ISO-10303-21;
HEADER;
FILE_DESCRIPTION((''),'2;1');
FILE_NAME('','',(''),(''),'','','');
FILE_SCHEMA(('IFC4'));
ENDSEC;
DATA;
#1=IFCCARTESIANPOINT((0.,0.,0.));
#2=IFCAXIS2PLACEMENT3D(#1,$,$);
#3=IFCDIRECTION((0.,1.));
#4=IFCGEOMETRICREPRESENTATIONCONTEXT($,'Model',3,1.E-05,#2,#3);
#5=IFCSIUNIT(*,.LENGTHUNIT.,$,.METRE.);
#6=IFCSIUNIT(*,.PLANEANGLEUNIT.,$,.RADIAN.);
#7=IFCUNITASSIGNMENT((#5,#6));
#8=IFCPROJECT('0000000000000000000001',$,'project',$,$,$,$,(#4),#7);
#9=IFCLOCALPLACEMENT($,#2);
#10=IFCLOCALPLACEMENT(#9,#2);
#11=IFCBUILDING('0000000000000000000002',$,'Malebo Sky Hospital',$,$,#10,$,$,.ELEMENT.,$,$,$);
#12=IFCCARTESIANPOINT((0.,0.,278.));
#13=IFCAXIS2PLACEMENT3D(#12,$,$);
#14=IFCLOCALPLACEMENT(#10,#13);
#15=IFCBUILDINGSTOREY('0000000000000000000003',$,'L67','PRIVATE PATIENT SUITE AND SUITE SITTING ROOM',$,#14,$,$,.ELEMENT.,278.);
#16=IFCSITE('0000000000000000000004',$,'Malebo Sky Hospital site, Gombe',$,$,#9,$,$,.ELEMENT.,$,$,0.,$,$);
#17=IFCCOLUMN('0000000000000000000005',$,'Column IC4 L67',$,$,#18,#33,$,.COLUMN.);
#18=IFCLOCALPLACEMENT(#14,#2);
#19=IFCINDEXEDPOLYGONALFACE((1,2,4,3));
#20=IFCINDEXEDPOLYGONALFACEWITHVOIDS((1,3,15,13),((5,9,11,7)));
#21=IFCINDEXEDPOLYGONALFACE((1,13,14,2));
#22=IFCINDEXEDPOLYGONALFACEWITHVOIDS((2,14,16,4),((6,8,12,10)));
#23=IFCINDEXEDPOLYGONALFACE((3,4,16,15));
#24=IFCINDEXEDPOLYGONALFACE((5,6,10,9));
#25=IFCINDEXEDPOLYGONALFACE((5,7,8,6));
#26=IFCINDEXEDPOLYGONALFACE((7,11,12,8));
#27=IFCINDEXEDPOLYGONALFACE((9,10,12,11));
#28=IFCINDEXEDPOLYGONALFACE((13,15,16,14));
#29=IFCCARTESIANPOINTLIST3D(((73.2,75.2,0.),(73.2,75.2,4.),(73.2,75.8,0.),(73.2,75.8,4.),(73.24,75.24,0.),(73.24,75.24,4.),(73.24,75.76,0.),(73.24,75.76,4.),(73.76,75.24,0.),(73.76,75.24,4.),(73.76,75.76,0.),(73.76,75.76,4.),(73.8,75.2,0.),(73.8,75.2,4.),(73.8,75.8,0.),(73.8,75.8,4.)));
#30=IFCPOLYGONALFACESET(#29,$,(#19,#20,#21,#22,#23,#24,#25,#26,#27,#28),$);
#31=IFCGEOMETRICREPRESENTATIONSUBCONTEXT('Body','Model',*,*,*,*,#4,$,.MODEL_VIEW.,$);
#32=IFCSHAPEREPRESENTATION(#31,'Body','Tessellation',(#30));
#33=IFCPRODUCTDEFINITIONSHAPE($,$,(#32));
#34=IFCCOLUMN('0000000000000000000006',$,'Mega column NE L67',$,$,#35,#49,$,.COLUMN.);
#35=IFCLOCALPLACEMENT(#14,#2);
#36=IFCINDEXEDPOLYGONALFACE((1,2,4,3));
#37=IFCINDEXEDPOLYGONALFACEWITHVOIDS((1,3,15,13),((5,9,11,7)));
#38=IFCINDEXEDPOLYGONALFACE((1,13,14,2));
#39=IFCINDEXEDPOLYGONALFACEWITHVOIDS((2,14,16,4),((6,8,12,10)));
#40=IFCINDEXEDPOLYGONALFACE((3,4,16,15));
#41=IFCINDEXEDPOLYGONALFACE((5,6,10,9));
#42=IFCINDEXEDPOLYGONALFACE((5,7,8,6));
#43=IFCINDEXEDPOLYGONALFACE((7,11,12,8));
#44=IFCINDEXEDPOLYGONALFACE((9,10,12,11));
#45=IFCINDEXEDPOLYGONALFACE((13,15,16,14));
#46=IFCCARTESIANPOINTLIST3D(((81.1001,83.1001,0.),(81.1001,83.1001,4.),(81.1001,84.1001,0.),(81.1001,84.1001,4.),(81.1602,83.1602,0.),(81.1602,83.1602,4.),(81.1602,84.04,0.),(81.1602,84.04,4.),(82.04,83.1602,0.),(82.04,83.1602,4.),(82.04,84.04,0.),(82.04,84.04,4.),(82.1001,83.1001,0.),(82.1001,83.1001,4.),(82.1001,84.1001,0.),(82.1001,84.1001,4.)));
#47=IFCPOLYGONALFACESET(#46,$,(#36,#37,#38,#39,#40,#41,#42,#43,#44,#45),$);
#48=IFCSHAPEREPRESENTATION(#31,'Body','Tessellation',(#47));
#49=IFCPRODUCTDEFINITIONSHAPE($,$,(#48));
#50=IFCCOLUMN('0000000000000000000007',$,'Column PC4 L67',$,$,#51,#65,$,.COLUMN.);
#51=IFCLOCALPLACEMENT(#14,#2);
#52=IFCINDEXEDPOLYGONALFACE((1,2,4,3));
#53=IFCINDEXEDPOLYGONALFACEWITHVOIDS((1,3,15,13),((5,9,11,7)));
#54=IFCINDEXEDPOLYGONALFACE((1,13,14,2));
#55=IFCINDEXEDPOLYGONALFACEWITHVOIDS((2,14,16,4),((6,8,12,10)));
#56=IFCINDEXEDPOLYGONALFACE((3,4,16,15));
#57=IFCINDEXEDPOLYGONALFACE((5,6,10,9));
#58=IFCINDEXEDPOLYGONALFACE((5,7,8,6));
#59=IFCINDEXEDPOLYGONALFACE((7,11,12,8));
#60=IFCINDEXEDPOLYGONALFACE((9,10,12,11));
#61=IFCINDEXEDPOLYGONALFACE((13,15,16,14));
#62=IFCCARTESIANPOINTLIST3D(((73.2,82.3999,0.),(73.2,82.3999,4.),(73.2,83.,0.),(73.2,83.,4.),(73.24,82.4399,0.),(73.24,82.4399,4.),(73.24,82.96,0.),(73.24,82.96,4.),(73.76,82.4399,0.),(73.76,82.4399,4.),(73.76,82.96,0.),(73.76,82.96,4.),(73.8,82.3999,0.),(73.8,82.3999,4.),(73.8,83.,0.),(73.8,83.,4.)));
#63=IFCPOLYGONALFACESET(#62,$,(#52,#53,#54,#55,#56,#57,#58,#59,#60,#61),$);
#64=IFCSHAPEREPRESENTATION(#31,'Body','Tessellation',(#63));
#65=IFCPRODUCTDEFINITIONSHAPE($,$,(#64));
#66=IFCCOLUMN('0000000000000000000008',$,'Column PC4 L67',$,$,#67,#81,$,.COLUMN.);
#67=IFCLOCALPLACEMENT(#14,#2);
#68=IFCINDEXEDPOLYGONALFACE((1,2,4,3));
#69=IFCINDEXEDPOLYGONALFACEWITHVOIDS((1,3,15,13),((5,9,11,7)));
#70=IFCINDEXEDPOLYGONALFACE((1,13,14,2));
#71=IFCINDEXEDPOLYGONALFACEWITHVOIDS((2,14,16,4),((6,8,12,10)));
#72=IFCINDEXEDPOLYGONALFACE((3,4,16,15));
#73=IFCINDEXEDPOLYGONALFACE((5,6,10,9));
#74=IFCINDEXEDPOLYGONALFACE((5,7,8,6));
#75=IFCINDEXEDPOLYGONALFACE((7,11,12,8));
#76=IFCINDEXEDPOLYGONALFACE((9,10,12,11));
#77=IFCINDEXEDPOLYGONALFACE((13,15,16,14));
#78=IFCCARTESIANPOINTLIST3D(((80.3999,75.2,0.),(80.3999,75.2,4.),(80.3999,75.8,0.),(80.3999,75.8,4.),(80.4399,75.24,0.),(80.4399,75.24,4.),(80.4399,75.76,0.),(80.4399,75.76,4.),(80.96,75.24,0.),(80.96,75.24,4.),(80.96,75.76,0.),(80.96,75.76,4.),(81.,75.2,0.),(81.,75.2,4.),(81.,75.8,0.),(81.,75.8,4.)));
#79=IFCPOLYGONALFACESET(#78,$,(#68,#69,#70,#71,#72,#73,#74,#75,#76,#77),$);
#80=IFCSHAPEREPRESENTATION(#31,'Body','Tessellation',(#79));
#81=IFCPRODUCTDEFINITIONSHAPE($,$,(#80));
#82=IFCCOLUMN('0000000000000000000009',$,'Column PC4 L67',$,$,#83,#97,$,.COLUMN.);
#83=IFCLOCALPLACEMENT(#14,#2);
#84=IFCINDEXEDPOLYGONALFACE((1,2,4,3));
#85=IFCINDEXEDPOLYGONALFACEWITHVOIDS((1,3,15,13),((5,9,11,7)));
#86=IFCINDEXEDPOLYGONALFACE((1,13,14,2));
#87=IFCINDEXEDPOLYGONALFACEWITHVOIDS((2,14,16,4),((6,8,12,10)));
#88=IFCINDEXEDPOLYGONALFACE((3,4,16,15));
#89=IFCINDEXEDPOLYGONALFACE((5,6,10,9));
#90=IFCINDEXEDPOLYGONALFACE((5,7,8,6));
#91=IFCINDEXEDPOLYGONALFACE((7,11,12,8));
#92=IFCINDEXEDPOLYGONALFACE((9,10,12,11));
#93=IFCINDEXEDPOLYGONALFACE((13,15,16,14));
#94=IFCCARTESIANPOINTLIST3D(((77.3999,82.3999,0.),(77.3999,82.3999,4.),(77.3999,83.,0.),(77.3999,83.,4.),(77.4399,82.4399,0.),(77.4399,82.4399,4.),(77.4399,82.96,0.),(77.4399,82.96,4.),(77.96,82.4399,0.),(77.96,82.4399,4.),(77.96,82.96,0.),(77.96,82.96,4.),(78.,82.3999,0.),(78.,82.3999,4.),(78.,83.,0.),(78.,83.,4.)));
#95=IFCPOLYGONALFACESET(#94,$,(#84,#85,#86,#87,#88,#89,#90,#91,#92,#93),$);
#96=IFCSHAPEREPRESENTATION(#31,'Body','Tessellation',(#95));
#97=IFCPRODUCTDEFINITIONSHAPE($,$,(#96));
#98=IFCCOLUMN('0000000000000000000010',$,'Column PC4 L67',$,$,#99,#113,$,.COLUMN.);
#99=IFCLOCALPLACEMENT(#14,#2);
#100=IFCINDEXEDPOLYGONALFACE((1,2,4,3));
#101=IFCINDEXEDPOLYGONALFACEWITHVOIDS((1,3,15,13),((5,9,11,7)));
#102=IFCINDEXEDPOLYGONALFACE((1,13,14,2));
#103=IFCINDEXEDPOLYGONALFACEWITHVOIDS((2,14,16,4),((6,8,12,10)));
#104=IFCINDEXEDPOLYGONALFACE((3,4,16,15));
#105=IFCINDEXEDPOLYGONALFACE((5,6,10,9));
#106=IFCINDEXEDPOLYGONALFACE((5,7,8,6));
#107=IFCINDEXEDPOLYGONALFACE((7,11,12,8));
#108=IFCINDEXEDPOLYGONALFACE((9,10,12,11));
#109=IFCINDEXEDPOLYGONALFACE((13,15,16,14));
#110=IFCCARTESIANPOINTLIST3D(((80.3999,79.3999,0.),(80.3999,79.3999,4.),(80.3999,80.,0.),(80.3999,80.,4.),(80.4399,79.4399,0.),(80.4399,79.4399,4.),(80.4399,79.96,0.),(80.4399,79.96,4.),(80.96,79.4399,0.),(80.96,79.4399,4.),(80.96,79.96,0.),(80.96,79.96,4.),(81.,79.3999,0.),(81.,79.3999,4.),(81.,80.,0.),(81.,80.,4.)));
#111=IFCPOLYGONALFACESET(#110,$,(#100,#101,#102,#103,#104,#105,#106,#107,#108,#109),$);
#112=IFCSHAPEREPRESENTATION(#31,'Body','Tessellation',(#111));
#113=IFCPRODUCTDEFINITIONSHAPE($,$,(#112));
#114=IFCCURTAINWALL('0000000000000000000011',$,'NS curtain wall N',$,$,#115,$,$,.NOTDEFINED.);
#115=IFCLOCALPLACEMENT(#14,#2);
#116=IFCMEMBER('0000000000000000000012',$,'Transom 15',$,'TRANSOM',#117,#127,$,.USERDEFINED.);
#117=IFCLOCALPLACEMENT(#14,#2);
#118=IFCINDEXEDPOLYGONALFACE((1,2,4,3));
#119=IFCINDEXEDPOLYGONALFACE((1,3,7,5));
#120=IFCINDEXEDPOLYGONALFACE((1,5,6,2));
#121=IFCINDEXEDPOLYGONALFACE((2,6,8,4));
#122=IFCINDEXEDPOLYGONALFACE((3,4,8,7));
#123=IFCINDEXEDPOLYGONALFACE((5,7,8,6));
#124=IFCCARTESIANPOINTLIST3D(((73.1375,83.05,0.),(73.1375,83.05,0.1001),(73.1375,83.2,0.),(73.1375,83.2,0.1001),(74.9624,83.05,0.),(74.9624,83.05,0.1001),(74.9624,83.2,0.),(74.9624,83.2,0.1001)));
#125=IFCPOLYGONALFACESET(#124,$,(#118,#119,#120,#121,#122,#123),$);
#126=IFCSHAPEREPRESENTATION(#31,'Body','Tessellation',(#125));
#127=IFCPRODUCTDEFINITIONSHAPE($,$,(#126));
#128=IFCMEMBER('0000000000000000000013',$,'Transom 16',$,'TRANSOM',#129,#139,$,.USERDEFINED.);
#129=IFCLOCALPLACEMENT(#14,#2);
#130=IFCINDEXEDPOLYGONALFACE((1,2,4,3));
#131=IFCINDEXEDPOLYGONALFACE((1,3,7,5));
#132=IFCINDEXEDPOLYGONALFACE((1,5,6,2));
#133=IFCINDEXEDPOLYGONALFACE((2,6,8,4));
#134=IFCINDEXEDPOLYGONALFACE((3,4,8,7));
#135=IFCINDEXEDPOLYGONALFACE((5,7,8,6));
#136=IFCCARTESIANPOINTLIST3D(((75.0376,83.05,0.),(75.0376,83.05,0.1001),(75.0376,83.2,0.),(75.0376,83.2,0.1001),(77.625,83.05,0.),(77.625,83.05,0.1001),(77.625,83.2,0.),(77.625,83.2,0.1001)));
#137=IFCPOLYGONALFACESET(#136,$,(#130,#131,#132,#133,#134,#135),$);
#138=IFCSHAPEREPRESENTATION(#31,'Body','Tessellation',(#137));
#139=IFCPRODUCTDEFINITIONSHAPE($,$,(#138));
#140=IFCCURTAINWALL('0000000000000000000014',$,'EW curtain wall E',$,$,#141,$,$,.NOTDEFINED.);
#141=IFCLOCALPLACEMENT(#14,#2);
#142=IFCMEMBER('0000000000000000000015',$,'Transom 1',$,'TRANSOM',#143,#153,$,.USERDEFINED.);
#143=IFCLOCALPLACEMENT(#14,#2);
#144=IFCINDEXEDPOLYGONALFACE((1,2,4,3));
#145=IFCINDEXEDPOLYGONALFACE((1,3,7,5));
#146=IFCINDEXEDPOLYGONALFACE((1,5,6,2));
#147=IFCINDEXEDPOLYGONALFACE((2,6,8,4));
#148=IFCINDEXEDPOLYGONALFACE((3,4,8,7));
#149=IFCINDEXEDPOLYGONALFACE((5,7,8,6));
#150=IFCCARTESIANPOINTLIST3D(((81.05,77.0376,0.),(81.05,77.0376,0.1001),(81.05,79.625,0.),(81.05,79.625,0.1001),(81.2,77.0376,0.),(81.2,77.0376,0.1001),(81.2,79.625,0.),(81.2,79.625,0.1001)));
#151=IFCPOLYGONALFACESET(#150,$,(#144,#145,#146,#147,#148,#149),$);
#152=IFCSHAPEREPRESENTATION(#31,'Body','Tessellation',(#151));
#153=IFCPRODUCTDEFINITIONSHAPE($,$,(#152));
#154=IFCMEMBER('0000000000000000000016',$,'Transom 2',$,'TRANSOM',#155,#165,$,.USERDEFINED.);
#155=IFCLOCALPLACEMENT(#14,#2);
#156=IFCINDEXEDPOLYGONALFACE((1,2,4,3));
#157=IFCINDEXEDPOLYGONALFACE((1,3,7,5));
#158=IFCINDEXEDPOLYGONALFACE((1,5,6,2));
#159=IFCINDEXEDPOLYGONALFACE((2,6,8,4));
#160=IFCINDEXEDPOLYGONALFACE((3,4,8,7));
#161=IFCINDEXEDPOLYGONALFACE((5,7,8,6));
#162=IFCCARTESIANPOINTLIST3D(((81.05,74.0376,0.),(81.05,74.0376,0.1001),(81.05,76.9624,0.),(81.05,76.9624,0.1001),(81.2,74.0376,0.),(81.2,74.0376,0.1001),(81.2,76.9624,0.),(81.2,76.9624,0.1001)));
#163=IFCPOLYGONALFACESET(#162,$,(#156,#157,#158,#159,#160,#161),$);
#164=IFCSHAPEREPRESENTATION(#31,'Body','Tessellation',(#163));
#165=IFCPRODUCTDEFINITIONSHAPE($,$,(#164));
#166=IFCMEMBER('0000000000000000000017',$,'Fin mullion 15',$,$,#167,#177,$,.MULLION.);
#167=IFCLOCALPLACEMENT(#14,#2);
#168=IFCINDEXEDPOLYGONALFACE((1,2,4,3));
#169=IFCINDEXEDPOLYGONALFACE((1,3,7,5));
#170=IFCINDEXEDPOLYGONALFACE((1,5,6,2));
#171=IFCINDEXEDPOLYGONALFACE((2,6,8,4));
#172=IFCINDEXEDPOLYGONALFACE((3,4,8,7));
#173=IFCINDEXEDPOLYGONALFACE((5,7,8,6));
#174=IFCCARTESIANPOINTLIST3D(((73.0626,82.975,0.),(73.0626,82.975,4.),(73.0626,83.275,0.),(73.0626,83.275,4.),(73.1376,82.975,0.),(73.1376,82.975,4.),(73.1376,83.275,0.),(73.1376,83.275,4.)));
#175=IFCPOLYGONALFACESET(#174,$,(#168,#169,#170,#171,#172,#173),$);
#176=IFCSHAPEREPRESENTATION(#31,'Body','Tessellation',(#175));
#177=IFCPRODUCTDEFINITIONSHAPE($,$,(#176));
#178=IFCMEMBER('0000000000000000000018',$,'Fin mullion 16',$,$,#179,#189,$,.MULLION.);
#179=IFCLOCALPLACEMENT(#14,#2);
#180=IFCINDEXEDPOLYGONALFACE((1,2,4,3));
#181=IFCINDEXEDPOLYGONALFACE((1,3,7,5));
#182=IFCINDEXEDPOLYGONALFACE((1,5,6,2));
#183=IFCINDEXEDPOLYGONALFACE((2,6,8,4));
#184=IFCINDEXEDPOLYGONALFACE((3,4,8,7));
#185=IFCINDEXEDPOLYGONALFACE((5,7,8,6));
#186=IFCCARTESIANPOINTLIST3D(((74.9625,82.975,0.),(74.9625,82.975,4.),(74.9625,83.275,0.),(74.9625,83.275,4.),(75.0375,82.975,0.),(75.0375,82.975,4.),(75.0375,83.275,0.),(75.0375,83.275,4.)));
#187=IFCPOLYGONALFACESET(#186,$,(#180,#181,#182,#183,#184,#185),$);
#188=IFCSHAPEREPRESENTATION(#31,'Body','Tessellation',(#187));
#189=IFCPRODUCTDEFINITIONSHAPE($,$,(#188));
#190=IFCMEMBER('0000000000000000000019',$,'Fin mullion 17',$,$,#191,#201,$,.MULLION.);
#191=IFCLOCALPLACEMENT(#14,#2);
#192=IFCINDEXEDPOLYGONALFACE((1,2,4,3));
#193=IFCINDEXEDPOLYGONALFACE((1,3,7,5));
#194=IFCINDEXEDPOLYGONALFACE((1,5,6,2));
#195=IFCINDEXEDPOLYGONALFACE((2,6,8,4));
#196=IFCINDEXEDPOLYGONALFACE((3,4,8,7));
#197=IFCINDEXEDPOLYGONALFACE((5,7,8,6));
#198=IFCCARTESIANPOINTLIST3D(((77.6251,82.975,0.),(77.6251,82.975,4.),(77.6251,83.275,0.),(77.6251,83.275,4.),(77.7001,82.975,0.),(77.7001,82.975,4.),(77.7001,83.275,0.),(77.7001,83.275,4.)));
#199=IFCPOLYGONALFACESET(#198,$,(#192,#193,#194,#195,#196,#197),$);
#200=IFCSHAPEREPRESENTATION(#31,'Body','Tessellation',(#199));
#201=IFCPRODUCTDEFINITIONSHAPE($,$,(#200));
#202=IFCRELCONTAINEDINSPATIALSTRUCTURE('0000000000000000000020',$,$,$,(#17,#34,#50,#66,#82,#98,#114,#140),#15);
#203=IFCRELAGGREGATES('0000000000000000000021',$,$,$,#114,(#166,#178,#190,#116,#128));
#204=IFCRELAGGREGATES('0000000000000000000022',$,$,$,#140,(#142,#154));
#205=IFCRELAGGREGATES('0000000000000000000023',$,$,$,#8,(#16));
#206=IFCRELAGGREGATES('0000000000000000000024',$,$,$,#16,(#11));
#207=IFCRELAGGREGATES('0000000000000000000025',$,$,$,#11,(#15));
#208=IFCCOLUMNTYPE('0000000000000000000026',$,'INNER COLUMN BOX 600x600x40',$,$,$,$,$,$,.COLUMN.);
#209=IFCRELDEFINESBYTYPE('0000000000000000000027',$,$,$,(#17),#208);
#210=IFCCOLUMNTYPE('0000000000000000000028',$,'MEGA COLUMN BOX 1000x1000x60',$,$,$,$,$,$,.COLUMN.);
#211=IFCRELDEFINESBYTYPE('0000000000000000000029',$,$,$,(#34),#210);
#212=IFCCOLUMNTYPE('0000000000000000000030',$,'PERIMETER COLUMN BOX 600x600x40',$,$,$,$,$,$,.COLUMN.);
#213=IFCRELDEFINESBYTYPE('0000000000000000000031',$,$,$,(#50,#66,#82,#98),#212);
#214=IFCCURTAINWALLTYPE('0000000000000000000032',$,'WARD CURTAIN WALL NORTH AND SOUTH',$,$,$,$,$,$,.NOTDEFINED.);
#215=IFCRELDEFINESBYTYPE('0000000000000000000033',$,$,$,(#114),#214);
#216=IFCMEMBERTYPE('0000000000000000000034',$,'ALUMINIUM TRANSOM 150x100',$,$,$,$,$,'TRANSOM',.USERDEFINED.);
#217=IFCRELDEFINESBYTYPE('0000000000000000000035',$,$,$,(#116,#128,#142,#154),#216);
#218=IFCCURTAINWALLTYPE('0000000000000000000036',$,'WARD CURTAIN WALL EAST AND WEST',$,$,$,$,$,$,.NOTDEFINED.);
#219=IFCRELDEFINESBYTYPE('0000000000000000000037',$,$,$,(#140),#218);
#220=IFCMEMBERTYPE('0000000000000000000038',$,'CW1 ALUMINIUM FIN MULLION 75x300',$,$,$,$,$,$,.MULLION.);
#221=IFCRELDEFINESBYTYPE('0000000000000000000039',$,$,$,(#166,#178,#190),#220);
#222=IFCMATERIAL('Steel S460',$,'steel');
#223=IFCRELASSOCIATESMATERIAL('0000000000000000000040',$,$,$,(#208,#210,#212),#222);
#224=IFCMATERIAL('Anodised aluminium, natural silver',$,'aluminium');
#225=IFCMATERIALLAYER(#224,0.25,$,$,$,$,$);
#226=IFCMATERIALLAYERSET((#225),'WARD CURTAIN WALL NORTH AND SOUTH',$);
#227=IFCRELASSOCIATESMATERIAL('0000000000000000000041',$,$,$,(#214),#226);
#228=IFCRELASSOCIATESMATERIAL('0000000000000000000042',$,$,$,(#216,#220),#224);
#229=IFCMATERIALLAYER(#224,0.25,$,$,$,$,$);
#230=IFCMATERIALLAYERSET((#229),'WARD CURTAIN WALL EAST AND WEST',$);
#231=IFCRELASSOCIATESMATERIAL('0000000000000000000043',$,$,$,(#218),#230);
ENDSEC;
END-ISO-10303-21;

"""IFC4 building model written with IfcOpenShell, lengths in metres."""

from ifc_helpers import new_model, si_unit, direction, frame, origin, origin_2d, place, context, subcontext, project, spatial, rectangle, hollow_rectangle, extrude, material, layer, layer_set, material_profile, profile_set, type_object, element, aggregate, save


model = new_model("IFC4")

# Units and contexts
model_context = context("Model", 3, precision=1e-05, world=origin(), true_north=direction((0.0, 1.0)))
body_context = subcontext(model_context, "Body", "Model", "MODEL_VIEW")
ifc_project = project(units=[si_unit("LENGTHUNIT", "METRE"), si_unit("PLANEANGLEUNIT", "RADIAN")], contexts=[model_context])

# Site, building, storey
site_placement = place(None, origin())
site = spatial("IfcSite", under=ifc_project, at=site_placement, Name="Malebo Sky Hospital site, Gombe", CompositionType="ELEMENT", RefElevation=0.0)
building_placement = place(site_placement, origin())
building = spatial("IfcBuilding", under=site, at=building_placement, Name="Malebo Sky Hospital", CompositionType="ELEMENT")
storey_placement = place(building_placement, frame((0.0, 0.0, 278.0)))
storey = spatial("IfcBuildingStorey", under=building, at=storey_placement, Name="L67", Description="PRIVATE PATIENT SUITE AND SUITE SITTING ROOM", CompositionType="ELEMENT", Elevation=278.0)

# Columns
ifc_material_1 = material(Name="Steel S460", Category="steel")
ifc_material_profile_1 = material_profile(ifc_material_1, hollow_rectangle(XDim=0.6001, YDim=0.6001, WallThickness=0.04, at=origin_2d()), Name="BOX 600x600x40")
ifc_profile_set_1 = profile_set([ifc_material_profile_1], Name="Steel S460")
column_type_1 = type_object("IfcColumnType", Name="INNER COLUMN BOX 600x600x40", PredefinedType="COLUMN", material=ifc_profile_set_1)
column_1_placement = place(storey_placement, frame((73.5, 75.5, 0.0), z_axis=(0.0, 0.0, 1.0), x_axis=(1.0, 0.0, 0.0)))
element("IfcColumn", 1, at=column_1_placement, inside=storey, type_object=column_type_1, Name="Column IC4 L67", PredefinedType="COLUMN", context=body_context, shape_type="SweptSolid", body=[
    extrude(hollow_rectangle(XDim=0.6001, YDim=0.6001, WallThickness=0.04, at=origin_2d()), origin(), (0.0, 0.0, 1.0), 4.0),
])
ifc_material_profile_2 = material_profile(ifc_material_1, hollow_rectangle(XDim=1.0, YDim=1.0, WallThickness=0.0601, at=origin_2d()), Name="BOX 1000x1000x60")
ifc_profile_set_2 = profile_set([ifc_material_profile_2], Name="Steel S460")
column_type_2 = type_object("IfcColumnType", Name="MEGA COLUMN BOX 1000x1000x60", PredefinedType="COLUMN", material=ifc_profile_set_2)
column_2_placement = place(storey_placement, frame((81.6001, 83.6001, 0.0), z_axis=(0.0, 0.0, 1.0), x_axis=(1.0, 0.0, 0.0)))
element("IfcColumn", 2, at=column_2_placement, inside=storey, type_object=column_type_2, Name="Mega column NE L67", PredefinedType="COLUMN", context=body_context, shape_type="SweptSolid", body=[
    extrude(hollow_rectangle(XDim=1.0, YDim=1.0, WallThickness=0.0601, at=origin_2d()), origin(), (0.0, 0.0, 1.0), 4.0),
])
ifc_material_profile_3 = material_profile(ifc_material_1, hollow_rectangle(XDim=0.6001, YDim=0.6001, WallThickness=0.04, at=origin_2d()), Name="BOX 600x600x40")
ifc_profile_set_3 = profile_set([ifc_material_profile_3], Name="Steel S460")
column_type_3 = type_object("IfcColumnType", Name="PERIMETER COLUMN BOX 600x600x40", PredefinedType="COLUMN", material=ifc_profile_set_3)
for number, where, z_axis, x_axis, name in (
    (3, (73.5, 82.7, 0.0), (0.0, 0.0, 1.0), (1.0, 0.0, 0.0), "Column PC4 L67"),
    (4, (80.7, 75.5, 0.0), (0.0, 0.0, 1.0), (1.0, 0.0, 0.0), "Column PC4 L67"),
    (5, (77.7, 82.7, 0.0), (0.0, 0.0, 1.0), (1.0, 0.0, 0.0), "Column PC4 L67"),
    (6, (80.7, 79.7, 0.0), (0.0, 0.0, 1.0), (1.0, 0.0, 0.0), "Column PC4 L67"),
):
    element("IfcColumn", number, at=place(storey_placement, frame(where, z_axis=z_axis, x_axis=x_axis)), inside=storey, type_object=column_type_3, Name=name, PredefinedType="COLUMN", context=body_context, shape_type="SweptSolid", body=[
        extrude(hollow_rectangle(XDim=0.6001, YDim=0.6001, WallThickness=0.04, at=origin_2d()), origin(), (0.0, 0.0, 1.0), 4.0),
    ])

# Curtain walls, members
ifc_material_2 = material(Name="Anodised aluminium, natural silver", Category="aluminium")
ifc_layer_1 = layer(ifc_material_2, 0.25)
ifc_layer_set_1 = layer_set([ifc_layer_1], Name="WARD CURTAIN WALL NORTH AND SOUTH")
curtain_wall_type_1 = type_object("IfcCurtainWallType", Name="WARD CURTAIN WALL NORTH AND SOUTH", PredefinedType="NOTDEFINED", material=ifc_layer_set_1)
curtain_wall_1_placement = place(storey_placement, origin())
curtain_wall_1 = element("IfcCurtainWall", 7, at=curtain_wall_1_placement, inside=storey, type_object=curtain_wall_type_1, Name="NS curtain wall N", PredefinedType="NOTDEFINED")
ifc_material_profile_4 = material_profile(ifc_material_2, rectangle(XDim=0.1499, YDim=0.1001, at=origin_2d()), Name="ALUMINIUM TRANSOM 150x100")
ifc_profile_set_4 = profile_set([ifc_material_profile_4], Name="Anodised aluminium, natural silver")
member_type_1 = type_object("IfcMemberType", Name="ALUMINIUM TRANSOM 150x100", ElementType="TRANSOM", PredefinedType="USERDEFINED", material=ifc_profile_set_4)
member_1_placement = place(storey_placement, frame((73.1375, 83.125, 0.05), z_axis=(1.0, 0.0, 0.0), x_axis=(0.0, 1.0, 0.0)))
member_1 = element("IfcMember", 8, at=member_1_placement, type_object=member_type_1, Name="Transom 15", ObjectType="TRANSOM", PredefinedType="USERDEFINED", context=body_context, shape_type="SweptSolid", body=[
    extrude(rectangle(XDim=0.1499, YDim=0.1001, at=origin_2d()), origin(), (0.0, 0.0, 1.0), 1.825),
])
member_2_placement = place(storey_placement, frame((75.0376, 83.125, 0.05), z_axis=(1.0, 0.0, 0.0), x_axis=(0.0, 1.0, 0.0)))
member_2 = element("IfcMember", 9, at=member_2_placement, type_object=member_type_1, Name="Transom 16", ObjectType="TRANSOM", PredefinedType="USERDEFINED", context=body_context, shape_type="SweptSolid", body=[
    extrude(rectangle(XDim=0.1499, YDim=0.1001, at=origin_2d()), origin(), (0.0, 0.0, 1.0), 2.5874),
])
ifc_layer_2 = layer(ifc_material_2, 0.25)
ifc_layer_set_2 = layer_set([ifc_layer_2], Name="WARD CURTAIN WALL EAST AND WEST")
curtain_wall_type_2 = type_object("IfcCurtainWallType", Name="WARD CURTAIN WALL EAST AND WEST", PredefinedType="NOTDEFINED", material=ifc_layer_set_2)
curtain_wall_2_placement = place(storey_placement, origin())
curtain_wall_2 = element("IfcCurtainWall", 10, at=curtain_wall_2_placement, inside=storey, type_object=curtain_wall_type_2, Name="EW curtain wall E", PredefinedType="NOTDEFINED")
member_3_placement = place(storey_placement, frame((81.125, 79.625, 0.05), z_axis=(0.0, -1.0, 0.0), x_axis=(1.0, 0.0, 0.0)))
member_3 = element("IfcMember", 11, at=member_3_placement, type_object=member_type_1, Name="Transom 1", ObjectType="TRANSOM", PredefinedType="USERDEFINED", context=body_context, shape_type="SweptSolid", body=[
    extrude(rectangle(XDim=0.1499, YDim=0.1001, at=origin_2d()), origin(), (0.0, 0.0, 1.0), 2.5874),
])
member_4_placement = place(storey_placement, frame((81.125, 76.9624, 0.05), z_axis=(0.0, -1.0, 0.0), x_axis=(1.0, 0.0, 0.0)))
member_4 = element("IfcMember", 12, at=member_4_placement, type_object=member_type_1, Name="Transom 2", ObjectType="TRANSOM", PredefinedType="USERDEFINED", context=body_context, shape_type="SweptSolid", body=[
    extrude(rectangle(XDim=0.1499, YDim=0.1001, at=origin_2d()), origin(), (0.0, 0.0, 1.0), 2.9248),
])

# Members
ifc_material_profile_5 = material_profile(ifc_material_2, rectangle(XDim=0.075, YDim=0.3, at=origin_2d()), Name="CW1 ALUMINIUM FIN MULLION 75x300")
ifc_profile_set_5 = profile_set([ifc_material_profile_5], Name="Anodised aluminium, natural silver")
member_type_2 = type_object("IfcMemberType", Name="CW1 ALUMINIUM FIN MULLION 75x300", PredefinedType="MULLION", material=ifc_profile_set_5)
member_5_placement = place(storey_placement, frame((73.1001, 83.125, 0.0), z_axis=(0.0, 0.0, 1.0), x_axis=(1.0, 0.0, 0.0)))
member_5 = element("IfcMember", 13, at=member_5_placement, type_object=member_type_2, Name="Fin mullion 15", PredefinedType="MULLION", context=body_context, shape_type="SweptSolid", body=[
    extrude(rectangle(XDim=0.075, YDim=0.3, at=origin_2d()), origin(), (0.0, 0.0, 1.0), 4.0),
])
member_6_placement = place(storey_placement, frame((75.0, 83.125, 0.0), z_axis=(0.0, 0.0, 1.0), x_axis=(1.0, 0.0, 0.0)))
member_6 = element("IfcMember", 14, at=member_6_placement, type_object=member_type_2, Name="Fin mullion 16", PredefinedType="MULLION", context=body_context, shape_type="SweptSolid", body=[
    extrude(rectangle(XDim=0.075, YDim=0.3, at=origin_2d()), origin(), (0.0, 0.0, 1.0), 4.0),
])
member_7_placement = place(storey_placement, frame((77.6626, 83.125, 0.0), z_axis=(0.0, 0.0, 1.0), x_axis=(1.0, 0.0, 0.0)))
member_7 = element("IfcMember", 15, at=member_7_placement, type_object=member_type_2, Name="Fin mullion 17", PredefinedType="MULLION", context=body_context, shape_type="SweptSolid", body=[
    extrude(rectangle(XDim=0.075, YDim=0.3, at=origin_2d()), origin(), (0.0, 0.0, 1.0), 4.0),
])

aggregate(curtain_wall_1, [member_5, member_6, member_7, member_1, member_2])
aggregate(curtain_wall_2, [member_3, member_4])

save(model, "model.ifc")
